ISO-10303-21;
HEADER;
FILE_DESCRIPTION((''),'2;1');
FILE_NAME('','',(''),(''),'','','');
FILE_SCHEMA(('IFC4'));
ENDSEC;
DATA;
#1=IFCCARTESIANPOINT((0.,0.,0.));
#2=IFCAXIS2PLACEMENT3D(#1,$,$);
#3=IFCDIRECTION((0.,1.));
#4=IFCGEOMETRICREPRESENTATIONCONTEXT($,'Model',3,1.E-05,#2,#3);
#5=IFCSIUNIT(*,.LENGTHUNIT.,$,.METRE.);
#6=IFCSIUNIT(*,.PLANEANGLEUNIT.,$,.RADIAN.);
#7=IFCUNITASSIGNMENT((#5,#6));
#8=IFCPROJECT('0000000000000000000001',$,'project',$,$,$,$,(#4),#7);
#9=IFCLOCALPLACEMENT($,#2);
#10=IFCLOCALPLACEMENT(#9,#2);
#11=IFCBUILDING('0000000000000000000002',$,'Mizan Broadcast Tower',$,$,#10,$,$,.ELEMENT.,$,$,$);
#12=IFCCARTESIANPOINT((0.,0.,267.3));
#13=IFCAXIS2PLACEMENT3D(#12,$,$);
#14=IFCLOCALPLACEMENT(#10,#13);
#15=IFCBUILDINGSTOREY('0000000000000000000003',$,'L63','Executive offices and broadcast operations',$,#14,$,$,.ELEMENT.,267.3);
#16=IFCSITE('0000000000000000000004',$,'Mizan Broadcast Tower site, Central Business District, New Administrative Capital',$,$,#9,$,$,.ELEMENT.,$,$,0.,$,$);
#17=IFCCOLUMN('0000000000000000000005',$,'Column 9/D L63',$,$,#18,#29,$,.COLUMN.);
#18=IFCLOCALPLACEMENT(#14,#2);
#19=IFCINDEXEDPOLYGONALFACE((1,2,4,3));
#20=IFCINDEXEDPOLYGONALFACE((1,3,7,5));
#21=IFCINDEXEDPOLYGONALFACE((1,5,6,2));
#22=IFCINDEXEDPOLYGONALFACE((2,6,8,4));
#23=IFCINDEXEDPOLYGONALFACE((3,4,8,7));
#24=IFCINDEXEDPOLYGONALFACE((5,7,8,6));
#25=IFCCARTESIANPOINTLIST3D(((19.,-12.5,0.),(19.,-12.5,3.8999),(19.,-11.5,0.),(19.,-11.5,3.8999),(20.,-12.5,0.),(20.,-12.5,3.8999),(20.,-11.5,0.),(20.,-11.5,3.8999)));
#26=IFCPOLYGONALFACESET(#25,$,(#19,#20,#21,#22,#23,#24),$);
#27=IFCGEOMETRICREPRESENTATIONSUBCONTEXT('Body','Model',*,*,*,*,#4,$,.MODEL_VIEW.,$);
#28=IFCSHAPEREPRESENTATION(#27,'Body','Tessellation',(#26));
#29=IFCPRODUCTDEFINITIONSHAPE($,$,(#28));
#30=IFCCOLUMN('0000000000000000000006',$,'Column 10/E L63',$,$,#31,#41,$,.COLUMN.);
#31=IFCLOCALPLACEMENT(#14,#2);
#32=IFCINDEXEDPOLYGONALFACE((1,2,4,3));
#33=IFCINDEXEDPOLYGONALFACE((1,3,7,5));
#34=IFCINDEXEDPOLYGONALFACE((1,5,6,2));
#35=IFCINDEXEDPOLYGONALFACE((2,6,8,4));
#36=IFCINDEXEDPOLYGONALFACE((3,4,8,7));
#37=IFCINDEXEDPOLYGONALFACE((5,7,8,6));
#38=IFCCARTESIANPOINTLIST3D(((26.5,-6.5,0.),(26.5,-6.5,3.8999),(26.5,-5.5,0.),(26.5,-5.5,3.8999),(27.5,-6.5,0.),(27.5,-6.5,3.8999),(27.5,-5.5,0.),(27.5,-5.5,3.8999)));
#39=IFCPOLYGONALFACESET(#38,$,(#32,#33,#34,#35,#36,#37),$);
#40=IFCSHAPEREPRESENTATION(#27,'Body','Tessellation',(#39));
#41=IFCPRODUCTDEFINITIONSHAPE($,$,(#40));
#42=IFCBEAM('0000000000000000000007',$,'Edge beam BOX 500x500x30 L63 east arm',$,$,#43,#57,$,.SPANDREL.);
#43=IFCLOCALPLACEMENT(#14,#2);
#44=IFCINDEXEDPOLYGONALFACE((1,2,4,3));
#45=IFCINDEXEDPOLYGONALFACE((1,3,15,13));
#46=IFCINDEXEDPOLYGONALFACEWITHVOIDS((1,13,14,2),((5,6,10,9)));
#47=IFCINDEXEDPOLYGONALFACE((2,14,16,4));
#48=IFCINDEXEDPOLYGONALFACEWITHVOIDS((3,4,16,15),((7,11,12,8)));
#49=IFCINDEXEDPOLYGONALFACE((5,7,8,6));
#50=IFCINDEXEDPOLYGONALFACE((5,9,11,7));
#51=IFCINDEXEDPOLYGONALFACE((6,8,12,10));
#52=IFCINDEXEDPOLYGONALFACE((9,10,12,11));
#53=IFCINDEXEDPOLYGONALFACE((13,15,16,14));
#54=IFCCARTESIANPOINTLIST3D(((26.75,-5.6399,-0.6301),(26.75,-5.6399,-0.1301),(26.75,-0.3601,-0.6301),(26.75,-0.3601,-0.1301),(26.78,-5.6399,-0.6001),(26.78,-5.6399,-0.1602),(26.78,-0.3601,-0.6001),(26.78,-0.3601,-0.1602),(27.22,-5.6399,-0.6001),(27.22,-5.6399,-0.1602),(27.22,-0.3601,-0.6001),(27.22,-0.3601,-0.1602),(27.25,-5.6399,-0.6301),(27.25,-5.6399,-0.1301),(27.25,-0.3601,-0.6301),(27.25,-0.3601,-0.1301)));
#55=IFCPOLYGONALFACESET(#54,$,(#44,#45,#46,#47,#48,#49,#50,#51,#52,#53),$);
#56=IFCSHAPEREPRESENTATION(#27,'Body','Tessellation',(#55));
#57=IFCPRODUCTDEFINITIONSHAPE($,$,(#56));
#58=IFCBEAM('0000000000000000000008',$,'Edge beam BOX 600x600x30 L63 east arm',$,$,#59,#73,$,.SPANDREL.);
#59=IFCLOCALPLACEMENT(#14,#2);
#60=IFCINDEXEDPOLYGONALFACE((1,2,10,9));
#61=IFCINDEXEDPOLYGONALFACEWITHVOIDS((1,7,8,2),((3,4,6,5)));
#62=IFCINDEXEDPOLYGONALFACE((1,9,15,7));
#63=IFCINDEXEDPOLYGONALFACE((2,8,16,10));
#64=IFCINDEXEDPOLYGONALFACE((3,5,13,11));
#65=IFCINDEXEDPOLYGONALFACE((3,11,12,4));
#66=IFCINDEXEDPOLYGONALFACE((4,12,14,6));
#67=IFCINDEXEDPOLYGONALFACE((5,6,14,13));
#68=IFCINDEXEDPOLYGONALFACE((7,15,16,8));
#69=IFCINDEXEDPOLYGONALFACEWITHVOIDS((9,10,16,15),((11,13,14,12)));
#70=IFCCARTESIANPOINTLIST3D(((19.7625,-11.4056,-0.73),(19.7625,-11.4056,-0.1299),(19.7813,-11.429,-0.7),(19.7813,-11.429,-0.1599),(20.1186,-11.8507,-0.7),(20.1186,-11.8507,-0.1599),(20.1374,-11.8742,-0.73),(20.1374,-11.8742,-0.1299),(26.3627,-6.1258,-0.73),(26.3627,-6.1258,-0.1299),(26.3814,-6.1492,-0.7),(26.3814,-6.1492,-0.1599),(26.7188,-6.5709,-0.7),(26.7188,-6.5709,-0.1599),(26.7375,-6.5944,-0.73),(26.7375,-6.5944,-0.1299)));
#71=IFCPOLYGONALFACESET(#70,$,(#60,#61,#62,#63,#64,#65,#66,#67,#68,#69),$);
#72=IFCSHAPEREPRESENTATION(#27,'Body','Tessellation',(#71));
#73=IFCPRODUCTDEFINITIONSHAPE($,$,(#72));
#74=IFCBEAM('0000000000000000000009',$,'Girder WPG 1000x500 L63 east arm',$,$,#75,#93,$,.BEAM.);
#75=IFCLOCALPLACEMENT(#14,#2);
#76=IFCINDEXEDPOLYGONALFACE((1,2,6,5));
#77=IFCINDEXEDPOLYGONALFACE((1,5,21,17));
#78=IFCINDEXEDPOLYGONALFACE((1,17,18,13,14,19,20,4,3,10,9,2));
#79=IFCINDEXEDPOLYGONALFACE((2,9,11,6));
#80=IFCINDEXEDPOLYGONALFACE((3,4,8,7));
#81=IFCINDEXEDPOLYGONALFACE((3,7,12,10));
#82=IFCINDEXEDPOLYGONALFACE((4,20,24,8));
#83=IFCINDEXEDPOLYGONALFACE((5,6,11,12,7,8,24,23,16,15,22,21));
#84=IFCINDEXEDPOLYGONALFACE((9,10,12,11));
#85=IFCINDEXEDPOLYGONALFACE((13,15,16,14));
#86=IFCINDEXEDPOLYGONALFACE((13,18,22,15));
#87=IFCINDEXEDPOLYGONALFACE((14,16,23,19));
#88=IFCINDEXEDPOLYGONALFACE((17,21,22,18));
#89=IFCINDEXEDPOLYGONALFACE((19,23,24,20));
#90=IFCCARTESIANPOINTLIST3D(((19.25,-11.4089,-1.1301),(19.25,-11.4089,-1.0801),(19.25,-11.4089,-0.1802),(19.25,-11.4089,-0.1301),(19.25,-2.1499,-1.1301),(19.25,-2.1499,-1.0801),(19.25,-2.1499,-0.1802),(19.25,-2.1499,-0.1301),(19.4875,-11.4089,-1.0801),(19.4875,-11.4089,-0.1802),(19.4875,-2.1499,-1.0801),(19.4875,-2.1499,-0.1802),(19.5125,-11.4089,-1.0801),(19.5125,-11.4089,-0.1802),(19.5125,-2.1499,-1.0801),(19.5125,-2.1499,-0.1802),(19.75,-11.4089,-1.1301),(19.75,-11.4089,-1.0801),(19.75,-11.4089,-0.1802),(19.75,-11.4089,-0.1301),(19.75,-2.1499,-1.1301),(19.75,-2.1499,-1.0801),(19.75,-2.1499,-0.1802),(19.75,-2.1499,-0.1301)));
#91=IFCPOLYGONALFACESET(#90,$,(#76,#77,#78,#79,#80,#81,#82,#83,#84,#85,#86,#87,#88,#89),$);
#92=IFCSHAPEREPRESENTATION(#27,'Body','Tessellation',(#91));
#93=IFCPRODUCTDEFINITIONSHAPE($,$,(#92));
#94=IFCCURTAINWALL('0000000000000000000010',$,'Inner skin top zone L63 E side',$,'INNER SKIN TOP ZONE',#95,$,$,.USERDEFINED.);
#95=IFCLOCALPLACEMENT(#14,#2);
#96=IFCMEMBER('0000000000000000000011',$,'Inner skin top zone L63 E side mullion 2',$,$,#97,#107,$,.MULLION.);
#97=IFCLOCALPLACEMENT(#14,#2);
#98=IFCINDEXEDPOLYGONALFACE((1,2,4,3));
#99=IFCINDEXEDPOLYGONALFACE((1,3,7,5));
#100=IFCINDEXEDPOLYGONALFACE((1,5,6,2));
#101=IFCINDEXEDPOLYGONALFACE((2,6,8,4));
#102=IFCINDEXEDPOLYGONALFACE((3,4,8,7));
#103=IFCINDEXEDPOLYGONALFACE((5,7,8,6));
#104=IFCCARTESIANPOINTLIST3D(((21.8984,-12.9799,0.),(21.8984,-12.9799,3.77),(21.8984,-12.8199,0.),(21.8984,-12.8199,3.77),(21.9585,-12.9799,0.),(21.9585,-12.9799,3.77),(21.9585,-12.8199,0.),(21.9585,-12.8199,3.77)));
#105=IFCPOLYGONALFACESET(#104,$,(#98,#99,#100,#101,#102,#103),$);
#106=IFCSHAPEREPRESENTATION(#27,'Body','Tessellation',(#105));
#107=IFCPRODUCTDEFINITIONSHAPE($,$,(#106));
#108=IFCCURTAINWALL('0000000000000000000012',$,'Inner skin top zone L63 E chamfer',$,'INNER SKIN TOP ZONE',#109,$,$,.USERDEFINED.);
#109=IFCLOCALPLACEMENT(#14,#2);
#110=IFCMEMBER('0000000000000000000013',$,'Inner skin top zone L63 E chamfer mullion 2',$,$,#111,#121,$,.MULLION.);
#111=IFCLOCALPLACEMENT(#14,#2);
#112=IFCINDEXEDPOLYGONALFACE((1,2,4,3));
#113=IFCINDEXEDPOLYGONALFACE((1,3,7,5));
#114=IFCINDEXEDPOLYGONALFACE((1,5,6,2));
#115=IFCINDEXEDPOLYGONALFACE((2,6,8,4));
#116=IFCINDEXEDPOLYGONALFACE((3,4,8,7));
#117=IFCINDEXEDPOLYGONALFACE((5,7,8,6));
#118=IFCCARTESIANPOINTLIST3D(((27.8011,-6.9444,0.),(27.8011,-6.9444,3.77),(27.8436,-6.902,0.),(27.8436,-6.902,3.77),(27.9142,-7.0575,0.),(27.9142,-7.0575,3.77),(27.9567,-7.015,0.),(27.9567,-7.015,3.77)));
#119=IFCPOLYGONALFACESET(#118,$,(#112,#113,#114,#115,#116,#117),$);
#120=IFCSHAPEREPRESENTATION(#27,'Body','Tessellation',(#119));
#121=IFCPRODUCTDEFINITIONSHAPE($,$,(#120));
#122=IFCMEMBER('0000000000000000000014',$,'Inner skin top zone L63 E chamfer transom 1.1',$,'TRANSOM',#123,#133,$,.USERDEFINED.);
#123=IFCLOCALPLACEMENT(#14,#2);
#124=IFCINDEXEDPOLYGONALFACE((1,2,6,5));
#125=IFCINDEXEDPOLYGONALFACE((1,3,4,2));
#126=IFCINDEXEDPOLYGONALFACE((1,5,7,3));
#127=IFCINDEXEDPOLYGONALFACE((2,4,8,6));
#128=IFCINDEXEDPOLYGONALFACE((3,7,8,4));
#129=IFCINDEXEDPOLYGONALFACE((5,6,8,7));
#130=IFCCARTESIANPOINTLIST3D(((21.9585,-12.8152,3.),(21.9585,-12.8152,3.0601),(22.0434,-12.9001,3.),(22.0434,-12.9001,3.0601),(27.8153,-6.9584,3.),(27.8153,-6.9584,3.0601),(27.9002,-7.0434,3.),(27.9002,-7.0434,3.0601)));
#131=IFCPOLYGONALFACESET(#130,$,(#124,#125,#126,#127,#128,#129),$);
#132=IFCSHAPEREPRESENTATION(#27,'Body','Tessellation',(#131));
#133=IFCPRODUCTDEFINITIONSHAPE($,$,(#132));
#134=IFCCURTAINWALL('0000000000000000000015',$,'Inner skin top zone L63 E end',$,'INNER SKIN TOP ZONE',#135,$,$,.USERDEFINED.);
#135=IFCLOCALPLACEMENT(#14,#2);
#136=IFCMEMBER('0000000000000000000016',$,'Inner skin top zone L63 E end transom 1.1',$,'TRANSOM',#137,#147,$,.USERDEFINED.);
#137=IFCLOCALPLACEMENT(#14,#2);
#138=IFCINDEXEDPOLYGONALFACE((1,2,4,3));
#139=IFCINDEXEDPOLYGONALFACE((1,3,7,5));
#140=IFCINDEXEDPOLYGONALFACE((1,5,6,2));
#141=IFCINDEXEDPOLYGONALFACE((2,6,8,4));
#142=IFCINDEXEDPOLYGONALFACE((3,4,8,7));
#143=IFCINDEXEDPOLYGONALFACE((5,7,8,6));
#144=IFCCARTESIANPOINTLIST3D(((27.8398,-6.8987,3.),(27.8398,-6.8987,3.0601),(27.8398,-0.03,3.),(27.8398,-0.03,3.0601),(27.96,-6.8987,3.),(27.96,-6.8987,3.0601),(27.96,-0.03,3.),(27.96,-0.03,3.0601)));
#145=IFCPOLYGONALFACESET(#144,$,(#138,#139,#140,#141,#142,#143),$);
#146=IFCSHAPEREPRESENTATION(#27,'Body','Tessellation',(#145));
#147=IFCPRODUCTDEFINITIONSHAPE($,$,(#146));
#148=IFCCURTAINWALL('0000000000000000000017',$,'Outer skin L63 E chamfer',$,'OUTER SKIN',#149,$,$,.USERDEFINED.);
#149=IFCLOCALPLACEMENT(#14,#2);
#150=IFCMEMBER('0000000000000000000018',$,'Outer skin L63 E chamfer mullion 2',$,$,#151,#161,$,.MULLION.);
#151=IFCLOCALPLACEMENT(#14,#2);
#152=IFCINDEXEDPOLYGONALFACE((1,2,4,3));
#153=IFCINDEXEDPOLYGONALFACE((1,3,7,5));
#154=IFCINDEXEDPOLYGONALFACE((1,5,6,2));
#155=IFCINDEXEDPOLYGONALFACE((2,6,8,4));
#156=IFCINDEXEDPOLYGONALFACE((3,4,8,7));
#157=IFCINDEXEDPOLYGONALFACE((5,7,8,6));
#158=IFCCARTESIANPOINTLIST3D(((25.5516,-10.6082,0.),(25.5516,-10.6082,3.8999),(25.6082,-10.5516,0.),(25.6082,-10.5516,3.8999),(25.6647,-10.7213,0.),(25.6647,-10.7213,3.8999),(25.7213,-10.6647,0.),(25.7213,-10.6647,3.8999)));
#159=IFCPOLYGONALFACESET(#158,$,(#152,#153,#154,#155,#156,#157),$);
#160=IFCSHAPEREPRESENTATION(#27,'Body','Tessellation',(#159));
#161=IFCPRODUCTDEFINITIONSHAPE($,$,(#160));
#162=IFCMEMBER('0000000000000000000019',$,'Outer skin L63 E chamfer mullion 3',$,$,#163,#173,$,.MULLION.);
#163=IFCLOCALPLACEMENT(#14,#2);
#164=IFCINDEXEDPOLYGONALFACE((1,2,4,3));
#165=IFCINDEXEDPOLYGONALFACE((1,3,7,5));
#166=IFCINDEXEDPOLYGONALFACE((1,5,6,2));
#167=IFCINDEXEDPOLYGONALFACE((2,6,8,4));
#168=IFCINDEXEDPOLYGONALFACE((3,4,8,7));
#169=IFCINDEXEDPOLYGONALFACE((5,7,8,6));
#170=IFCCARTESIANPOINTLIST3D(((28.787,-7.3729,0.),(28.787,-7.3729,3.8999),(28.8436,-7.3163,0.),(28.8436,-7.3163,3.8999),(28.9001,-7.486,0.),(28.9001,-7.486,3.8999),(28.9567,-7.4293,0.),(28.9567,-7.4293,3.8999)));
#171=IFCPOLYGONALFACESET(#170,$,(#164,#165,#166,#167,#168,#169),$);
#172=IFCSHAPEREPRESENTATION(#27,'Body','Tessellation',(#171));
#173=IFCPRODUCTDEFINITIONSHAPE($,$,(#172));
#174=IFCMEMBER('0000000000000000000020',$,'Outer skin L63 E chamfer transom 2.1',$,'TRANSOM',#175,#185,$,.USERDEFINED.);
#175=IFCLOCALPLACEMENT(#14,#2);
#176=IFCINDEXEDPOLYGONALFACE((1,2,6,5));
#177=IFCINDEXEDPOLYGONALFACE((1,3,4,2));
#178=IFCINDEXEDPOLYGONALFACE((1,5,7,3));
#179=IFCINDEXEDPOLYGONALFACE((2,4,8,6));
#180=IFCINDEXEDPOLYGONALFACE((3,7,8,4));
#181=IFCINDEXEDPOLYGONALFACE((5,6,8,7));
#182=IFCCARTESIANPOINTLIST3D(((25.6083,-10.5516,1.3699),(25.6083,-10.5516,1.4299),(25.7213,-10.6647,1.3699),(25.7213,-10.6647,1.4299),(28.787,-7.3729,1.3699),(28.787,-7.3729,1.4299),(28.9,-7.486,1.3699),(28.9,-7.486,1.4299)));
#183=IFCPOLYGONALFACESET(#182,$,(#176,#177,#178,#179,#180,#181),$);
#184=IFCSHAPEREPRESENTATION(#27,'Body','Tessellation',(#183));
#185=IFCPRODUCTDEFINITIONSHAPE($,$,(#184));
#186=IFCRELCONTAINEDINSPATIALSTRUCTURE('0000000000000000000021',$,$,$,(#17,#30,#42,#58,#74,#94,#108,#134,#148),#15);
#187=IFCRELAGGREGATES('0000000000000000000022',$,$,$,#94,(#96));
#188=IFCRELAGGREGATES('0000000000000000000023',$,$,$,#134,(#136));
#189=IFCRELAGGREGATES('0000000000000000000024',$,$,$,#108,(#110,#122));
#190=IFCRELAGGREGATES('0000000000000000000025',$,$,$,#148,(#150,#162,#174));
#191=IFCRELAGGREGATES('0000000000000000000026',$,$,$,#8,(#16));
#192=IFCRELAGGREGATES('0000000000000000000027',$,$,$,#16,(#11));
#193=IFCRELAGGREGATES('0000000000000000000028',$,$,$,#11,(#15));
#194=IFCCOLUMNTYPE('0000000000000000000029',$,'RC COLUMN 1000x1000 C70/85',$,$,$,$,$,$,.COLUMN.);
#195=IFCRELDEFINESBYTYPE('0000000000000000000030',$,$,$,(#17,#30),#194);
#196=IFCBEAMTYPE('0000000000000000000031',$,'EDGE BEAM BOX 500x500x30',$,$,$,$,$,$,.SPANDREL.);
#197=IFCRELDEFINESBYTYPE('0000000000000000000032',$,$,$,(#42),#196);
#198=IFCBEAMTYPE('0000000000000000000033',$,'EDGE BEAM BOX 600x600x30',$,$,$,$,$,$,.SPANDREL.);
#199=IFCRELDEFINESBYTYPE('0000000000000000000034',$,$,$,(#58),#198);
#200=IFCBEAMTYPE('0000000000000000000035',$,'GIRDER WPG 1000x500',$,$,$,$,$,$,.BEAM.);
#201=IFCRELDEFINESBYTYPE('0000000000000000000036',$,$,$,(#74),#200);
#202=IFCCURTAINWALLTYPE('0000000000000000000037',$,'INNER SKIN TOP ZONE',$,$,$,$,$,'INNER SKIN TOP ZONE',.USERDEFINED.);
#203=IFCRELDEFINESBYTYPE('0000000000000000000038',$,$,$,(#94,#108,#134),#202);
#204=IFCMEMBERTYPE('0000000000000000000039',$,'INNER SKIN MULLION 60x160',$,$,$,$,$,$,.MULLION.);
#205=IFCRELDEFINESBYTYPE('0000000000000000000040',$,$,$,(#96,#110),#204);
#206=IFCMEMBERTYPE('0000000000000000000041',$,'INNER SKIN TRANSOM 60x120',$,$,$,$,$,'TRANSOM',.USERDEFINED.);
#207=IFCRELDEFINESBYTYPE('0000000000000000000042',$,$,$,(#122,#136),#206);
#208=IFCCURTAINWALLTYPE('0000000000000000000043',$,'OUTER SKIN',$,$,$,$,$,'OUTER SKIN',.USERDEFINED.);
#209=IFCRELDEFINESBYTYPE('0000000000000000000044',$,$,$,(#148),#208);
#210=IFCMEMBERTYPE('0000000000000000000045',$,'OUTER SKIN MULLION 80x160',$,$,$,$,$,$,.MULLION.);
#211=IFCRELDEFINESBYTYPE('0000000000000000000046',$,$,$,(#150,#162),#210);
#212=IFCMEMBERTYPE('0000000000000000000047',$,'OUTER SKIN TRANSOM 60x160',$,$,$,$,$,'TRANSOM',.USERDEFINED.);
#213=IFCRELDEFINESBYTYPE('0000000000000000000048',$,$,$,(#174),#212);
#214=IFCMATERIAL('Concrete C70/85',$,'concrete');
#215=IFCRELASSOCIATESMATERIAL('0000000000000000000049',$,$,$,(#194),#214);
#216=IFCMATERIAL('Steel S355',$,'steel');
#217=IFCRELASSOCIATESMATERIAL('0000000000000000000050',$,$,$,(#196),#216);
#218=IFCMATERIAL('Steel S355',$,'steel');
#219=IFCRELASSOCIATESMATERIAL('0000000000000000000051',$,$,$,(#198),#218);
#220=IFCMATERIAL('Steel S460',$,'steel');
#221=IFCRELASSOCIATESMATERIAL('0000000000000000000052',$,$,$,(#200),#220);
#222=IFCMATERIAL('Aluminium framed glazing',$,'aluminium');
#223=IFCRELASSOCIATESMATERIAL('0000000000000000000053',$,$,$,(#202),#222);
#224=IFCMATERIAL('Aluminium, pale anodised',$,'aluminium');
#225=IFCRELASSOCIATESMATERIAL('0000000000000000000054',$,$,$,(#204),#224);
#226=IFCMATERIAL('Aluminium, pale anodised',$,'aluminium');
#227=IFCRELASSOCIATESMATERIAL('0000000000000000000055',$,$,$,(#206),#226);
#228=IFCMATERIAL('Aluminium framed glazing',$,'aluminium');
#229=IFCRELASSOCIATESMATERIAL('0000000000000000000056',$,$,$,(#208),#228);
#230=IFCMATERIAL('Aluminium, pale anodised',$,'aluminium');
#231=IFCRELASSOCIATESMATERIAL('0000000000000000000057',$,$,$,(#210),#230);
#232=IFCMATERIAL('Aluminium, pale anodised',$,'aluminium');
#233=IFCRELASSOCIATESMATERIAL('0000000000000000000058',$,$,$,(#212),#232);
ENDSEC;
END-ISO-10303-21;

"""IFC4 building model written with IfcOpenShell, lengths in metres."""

from ifc_helpers import new_model, si_unit, direction, frame, origin, origin_2d, place, context, subcontext, project, spatial, rectangle, hollow_rectangle, i_section, extrude, material, material_profile, profile_set, type_object, element, aggregate, save


model = new_model("IFC4")

# Units and contexts
model_context = context("Model", 3, precision=1e-05, world=origin(), true_north=direction((0.0, 1.0)))
body_context = subcontext(model_context, "Body", "Model", "MODEL_VIEW")
ifc_project = project(units=[si_unit("LENGTHUNIT", "METRE"), si_unit("PLANEANGLEUNIT", "RADIAN")], contexts=[model_context])

# Site, building, storey
site_placement = place(None, origin())
site = spatial("IfcSite", under=ifc_project, at=site_placement, Name="Mizan Broadcast Tower site, Central Business District, New Administrative Capital", CompositionType="ELEMENT", RefElevation=0.0)
building_placement = place(site_placement, origin())
building = spatial("IfcBuilding", under=site, at=building_placement, Name="Mizan Broadcast Tower", CompositionType="ELEMENT")
storey_placement = place(building_placement, frame((0.0, 0.0, 267.3)))
storey = spatial("IfcBuildingStorey", under=building, at=storey_placement, Name="L63", Description="Executive offices and broadcast operations", CompositionType="ELEMENT", Elevation=267.3)

# Columns
ifc_material_1 = material(Name="Concrete C70/85", Category="concrete")
ifc_material_profile_1 = material_profile(ifc_material_1, rectangle(XDim=1.0, YDim=1.0, at=origin_2d()), Name="RC 1000x1000")
ifc_profile_set_1 = profile_set([ifc_material_profile_1], Name="Concrete C70/85")
column_type = type_object("IfcColumnType", Name="RC COLUMN 1000x1000 C70/85", PredefinedType="COLUMN", material=ifc_profile_set_1)
for number, where, z_axis, x_axis, name in (
    (1, (19.5, -12.0, 0.0), (0.0, 0.0, 1.0), (1.0, 0.0, 0.0), "Column 9/D L63"),
    (2, (27.0, -6.0, 0.0), (0.0, 0.0, 1.0), (1.0, 0.0, 0.0), "Column 10/E L63"),
):
    element("IfcColumn", number, at=place(storey_placement, frame(where, z_axis=z_axis, x_axis=x_axis)), inside=storey, type_object=column_type, Name=name, PredefinedType="COLUMN", context=body_context, shape_type="SweptSolid", body=[
        extrude(rectangle(XDim=1.0, YDim=1.0, at=origin_2d()), origin(), (0.0, 0.0, 1.0), 3.8999),
    ])

# Beams
ifc_material_2 = material(Name="Steel S355", Category="steel")
ifc_material_profile_2 = material_profile(ifc_material_2, hollow_rectangle(XDim=0.5, YDim=0.5, WallThickness=0.03, at=origin_2d()), Name="BOX 500x500x30")
ifc_profile_set_2 = profile_set([ifc_material_profile_2], Name="Steel S355")
beam_type_1 = type_object("IfcBeamType", Name="EDGE BEAM BOX 500x500x30", PredefinedType="SPANDREL", material=ifc_profile_set_2)
beam_1_placement = place(storey_placement, frame((27.0, -5.6399, -0.3801), z_axis=(0.0, 1.0, 0.0), x_axis=(-1.0, 0.0, 0.0)))
element("IfcBeam", 3, at=beam_1_placement, inside=storey, type_object=beam_type_1, Name="Edge beam BOX 500x500x30 L63 east arm", PredefinedType="SPANDREL", context=body_context, shape_type="SweptSolid", body=[
    extrude(hollow_rectangle(XDim=0.5, YDim=0.5, WallThickness=0.03, at=origin_2d()), origin(), (0.0, 0.0, 1.0), 5.2798),
])
ifc_material_3 = material(Name="Steel S355", Category="steel")
ifc_material_profile_3 = material_profile(ifc_material_3, hollow_rectangle(XDim=0.6001, YDim=0.6001, WallThickness=0.03, at=origin_2d()), Name="BOX 600x600x30")
ifc_profile_set_3 = profile_set([ifc_material_profile_3], Name="Steel S355")
beam_type_2 = type_object("IfcBeamType", Name="EDGE BEAM BOX 600x600x30", PredefinedType="SPANDREL", material=ifc_profile_set_3)
beam_2_placement = place(storey_placement, frame((19.95, -11.6399, -0.4299), z_axis=(0.780886, 0.624674, 0.0), x_axis=(-0.624674, 0.780886, 0.0)))
element("IfcBeam", 4, at=beam_2_placement, inside=storey, type_object=beam_type_2, Name="Edge beam BOX 600x600x30 L63 east arm", PredefinedType="SPANDREL", context=body_context, shape_type="SweptSolid", body=[
    extrude(hollow_rectangle(XDim=0.6001, YDim=0.6001, WallThickness=0.03, at=origin_2d()), origin(), (0.0, 0.0, 1.0), 8.4521),
])
ifc_material_4 = material(Name="Steel S460", Category="steel")
ifc_material_profile_4 = material_profile(ifc_material_4, i_section(OverallWidth=0.5, OverallDepth=1.0, WebThickness=0.0249, FlangeThickness=0.05, at=origin_2d()), Name="WPG 1000x500")
ifc_profile_set_4 = profile_set([ifc_material_profile_4], Name="Steel S460")
beam_type_3 = type_object("IfcBeamType", Name="GIRDER WPG 1000x500", PredefinedType="BEAM", material=ifc_profile_set_4)
beam_3_placement = place(storey_placement, frame((19.5, -11.4089, -0.6301), z_axis=(0.0, 1.0, 0.0), x_axis=(-1.0, 0.0, 0.0)))
element("IfcBeam", 5, at=beam_3_placement, inside=storey, type_object=beam_type_3, Name="Girder WPG 1000x500 L63 east arm", PredefinedType="BEAM", context=body_context, shape_type="SweptSolid", body=[
    extrude(i_section(OverallWidth=0.5, OverallDepth=1.0, WebThickness=0.0249, FlangeThickness=0.05, at=origin_2d()), origin(), (0.0, 0.0, 1.0), 9.259),
])

# Curtain wall, member
ifc_material_5 = material(Name="Aluminium framed glazing", Category="aluminium")
curtain_wall_type_1 = type_object("IfcCurtainWallType", Name="INNER SKIN TOP ZONE", ElementType="INNER SKIN TOP ZONE", PredefinedType="USERDEFINED", material=ifc_material_5)
curtain_wall_1_placement = place(storey_placement, origin())
curtain_wall_1 = element("IfcCurtainWall", 6, at=curtain_wall_1_placement, inside=storey, type_object=curtain_wall_type_1, Name="Inner skin top zone L63 E side", ObjectType="INNER SKIN TOP ZONE", PredefinedType="USERDEFINED")
ifc_material_6 = material(Name="Aluminium, pale anodised", Category="aluminium")
ifc_material_profile_5 = material_profile(ifc_material_6, rectangle(XDim=0.1599, YDim=0.0601, at=origin_2d()), Name="MULLION 160x60")
ifc_profile_set_5 = profile_set([ifc_material_profile_5], Name="Aluminium, pale anodised")
member_type_1 = type_object("IfcMemberType", Name="INNER SKIN MULLION 60x160", PredefinedType="MULLION", material=ifc_profile_set_5)
member_1_placement = place(storey_placement, frame((21.9285, -12.8999, 0.0), z_axis=(0.0, 0.0, 1.0), x_axis=(0.0, 1.0, 0.0)))
member_1 = element("IfcMember", 7, at=member_1_placement, type_object=member_type_1, Name="Inner skin top zone L63 E side mullion 2", PredefinedType="MULLION", context=body_context, shape_type="SweptSolid", body=[
    extrude(rectangle(XDim=0.1599, YDim=0.0601, at=origin_2d()), origin(), (0.0, 0.0, 1.0), 3.77),
])
aggregate(curtain_wall_1, [member_1])

# Curtain wall, members
curtain_wall_2_placement = place(storey_placement, origin())
curtain_wall_2 = element("IfcCurtainWall", 8, at=curtain_wall_2_placement, inside=storey, type_object=curtain_wall_type_1, Name="Inner skin top zone L63 E chamfer", ObjectType="INNER SKIN TOP ZONE", PredefinedType="USERDEFINED")
member_2_placement = place(storey_placement, frame((27.8789, -6.9797, 0.0), z_axis=(0.0, 0.0, 1.0), x_axis=(-0.707107, 0.707107, 0.0)))
member_2 = element("IfcMember", 9, at=member_2_placement, type_object=member_type_1, Name="Inner skin top zone L63 E chamfer mullion 2", PredefinedType="MULLION", context=body_context, shape_type="SweptSolid", body=[
    extrude(rectangle(XDim=0.1599, YDim=0.0601, at=origin_2d()), origin(), (0.0, 0.0, 1.0), 3.77),
])
ifc_material_7 = material(Name="Aluminium, pale anodised", Category="aluminium")
ifc_material_profile_6 = material_profile(ifc_material_7, rectangle(XDim=0.1201, YDim=0.0601, at=origin_2d()), Name="TRANSOM 120x60")
ifc_profile_set_6 = profile_set([ifc_material_profile_6], Name="Aluminium, pale anodised")
member_type_2 = type_object("IfcMemberType", Name="INNER SKIN TRANSOM 60x120", ElementType="TRANSOM", PredefinedType="USERDEFINED", material=ifc_profile_set_6)
member_3_placement = place(storey_placement, frame((22.001, -12.8577, 3.03), z_axis=(0.707107, 0.707107, 0.0), x_axis=(-0.707107, 0.707107, 0.0)))
member_3 = element("IfcMember", 10, at=member_3_placement, type_object=member_type_2, Name="Inner skin top zone L63 E chamfer transom 1.1", ObjectType="TRANSOM", PredefinedType="USERDEFINED", context=body_context, shape_type="SweptSolid", body=[
    extrude(rectangle(XDim=0.1201, YDim=0.0601, at=origin_2d()), origin(), (0.0, 0.0, 1.0), 8.2827),
])

# Curtain wall, member
curtain_wall_3_placement = place(storey_placement, origin())
curtain_wall_3 = element("IfcCurtainWall", 11, at=curtain_wall_3_placement, inside=storey, type_object=curtain_wall_type_1, Name="Inner skin top zone L63 E end", ObjectType="INNER SKIN TOP ZONE", PredefinedType="USERDEFINED")
member_4_placement = place(storey_placement, frame((27.8999, -6.8987, 3.03), z_axis=(0.0, 1.0, 0.0), x_axis=(-1.0, 0.0, 0.0)))
member_4 = element("IfcMember", 12, at=member_4_placement, type_object=member_type_2, Name="Inner skin top zone L63 E end transom 1.1", ObjectType="TRANSOM", PredefinedType="USERDEFINED", context=body_context, shape_type="SweptSolid", body=[
    extrude(rectangle(XDim=0.1201, YDim=0.0601, at=origin_2d()), origin(), (0.0, 0.0, 1.0), 6.8687),
])
aggregate(curtain_wall_3, [member_4])

# Curtain wall, members
ifc_material_8 = material(Name="Aluminium framed glazing", Category="aluminium")
curtain_wall_type_2 = type_object("IfcCurtainWallType", Name="OUTER SKIN", ElementType="OUTER SKIN", PredefinedType="USERDEFINED", material=ifc_material_8)
curtain_wall_4_placement = place(storey_placement, origin())
curtain_wall_4 = element("IfcCurtainWall", 13, at=curtain_wall_4_placement, inside=storey, type_object=curtain_wall_type_2, Name="Outer skin L63 E chamfer", ObjectType="OUTER SKIN", PredefinedType="USERDEFINED")
ifc_material_9 = material(Name="Aluminium, pale anodised", Category="aluminium")
ifc_material_profile_7 = material_profile(ifc_material_9, rectangle(XDim=0.1599, YDim=0.0801, at=origin_2d()), Name="MULLION 160x80")
ifc_profile_set_7 = profile_set([ifc_material_profile_7], Name="Aluminium, pale anodised")
member_type_3 = type_object("IfcMemberType", Name="OUTER SKIN MULLION 80x160", PredefinedType="MULLION", material=ifc_profile_set_7)
member_5_placement = place(storey_placement, frame((25.6365, -10.6365, 0.0), z_axis=(0.0, 0.0, 1.0), x_axis=(-0.707107, 0.707107, 0.0)))
member_5 = element("IfcMember", 14, at=member_5_placement, type_object=member_type_3, Name="Outer skin L63 E chamfer mullion 2", PredefinedType="MULLION", context=body_context, shape_type="SweptSolid", body=[
    extrude(rectangle(XDim=0.1599, YDim=0.0801, at=origin_2d()), origin(), (0.0, 0.0, 1.0), 3.8999),
])
member_6_placement = place(storey_placement, frame((28.8718, -7.4011, 0.0), z_axis=(0.0, 0.0, 1.0), x_axis=(-0.707107, 0.707107, 0.0)))
member_6 = element("IfcMember", 15, at=member_6_placement, type_object=member_type_3, Name="Outer skin L63 E chamfer mullion 3", PredefinedType="MULLION", context=body_context, shape_type="SweptSolid", body=[
    extrude(rectangle(XDim=0.1599, YDim=0.0801, at=origin_2d()), origin(), (0.0, 0.0, 1.0), 3.8999),
])
ifc_material_10 = material(Name="Aluminium, pale anodised", Category="aluminium")
ifc_material_profile_8 = material_profile(ifc_material_10, rectangle(XDim=0.1599, YDim=0.0601, at=origin_2d()), Name="TRANSOM 160x60")
ifc_profile_set_8 = profile_set([ifc_material_profile_8], Name="Aluminium, pale anodised")
member_type_4 = type_object("IfcMemberType", Name="OUTER SKIN TRANSOM 60x160", ElementType="TRANSOM", PredefinedType="USERDEFINED", material=ifc_profile_set_8)
member_7_placement = place(storey_placement, frame((25.6648, -10.6082, 1.3999), z_axis=(0.707107, 0.707107, 0.0), x_axis=(-0.707107, 0.707107, 0.0)))
member_7 = element("IfcMember", 16, at=member_7_placement, type_object=member_type_4, Name="Outer skin L63 E chamfer transom 2.1", ObjectType="TRANSOM", PredefinedType="USERDEFINED", context=body_context, shape_type="SweptSolid", body=[
    extrude(rectangle(XDim=0.1599, YDim=0.0601, at=origin_2d()), origin(), (0.0, 0.0, 1.0), 4.4954),
])

aggregate(curtain_wall_2, [member_2, member_3])
aggregate(curtain_wall_4, [member_5, member_6, member_7])

save(model, "model.ifc")
